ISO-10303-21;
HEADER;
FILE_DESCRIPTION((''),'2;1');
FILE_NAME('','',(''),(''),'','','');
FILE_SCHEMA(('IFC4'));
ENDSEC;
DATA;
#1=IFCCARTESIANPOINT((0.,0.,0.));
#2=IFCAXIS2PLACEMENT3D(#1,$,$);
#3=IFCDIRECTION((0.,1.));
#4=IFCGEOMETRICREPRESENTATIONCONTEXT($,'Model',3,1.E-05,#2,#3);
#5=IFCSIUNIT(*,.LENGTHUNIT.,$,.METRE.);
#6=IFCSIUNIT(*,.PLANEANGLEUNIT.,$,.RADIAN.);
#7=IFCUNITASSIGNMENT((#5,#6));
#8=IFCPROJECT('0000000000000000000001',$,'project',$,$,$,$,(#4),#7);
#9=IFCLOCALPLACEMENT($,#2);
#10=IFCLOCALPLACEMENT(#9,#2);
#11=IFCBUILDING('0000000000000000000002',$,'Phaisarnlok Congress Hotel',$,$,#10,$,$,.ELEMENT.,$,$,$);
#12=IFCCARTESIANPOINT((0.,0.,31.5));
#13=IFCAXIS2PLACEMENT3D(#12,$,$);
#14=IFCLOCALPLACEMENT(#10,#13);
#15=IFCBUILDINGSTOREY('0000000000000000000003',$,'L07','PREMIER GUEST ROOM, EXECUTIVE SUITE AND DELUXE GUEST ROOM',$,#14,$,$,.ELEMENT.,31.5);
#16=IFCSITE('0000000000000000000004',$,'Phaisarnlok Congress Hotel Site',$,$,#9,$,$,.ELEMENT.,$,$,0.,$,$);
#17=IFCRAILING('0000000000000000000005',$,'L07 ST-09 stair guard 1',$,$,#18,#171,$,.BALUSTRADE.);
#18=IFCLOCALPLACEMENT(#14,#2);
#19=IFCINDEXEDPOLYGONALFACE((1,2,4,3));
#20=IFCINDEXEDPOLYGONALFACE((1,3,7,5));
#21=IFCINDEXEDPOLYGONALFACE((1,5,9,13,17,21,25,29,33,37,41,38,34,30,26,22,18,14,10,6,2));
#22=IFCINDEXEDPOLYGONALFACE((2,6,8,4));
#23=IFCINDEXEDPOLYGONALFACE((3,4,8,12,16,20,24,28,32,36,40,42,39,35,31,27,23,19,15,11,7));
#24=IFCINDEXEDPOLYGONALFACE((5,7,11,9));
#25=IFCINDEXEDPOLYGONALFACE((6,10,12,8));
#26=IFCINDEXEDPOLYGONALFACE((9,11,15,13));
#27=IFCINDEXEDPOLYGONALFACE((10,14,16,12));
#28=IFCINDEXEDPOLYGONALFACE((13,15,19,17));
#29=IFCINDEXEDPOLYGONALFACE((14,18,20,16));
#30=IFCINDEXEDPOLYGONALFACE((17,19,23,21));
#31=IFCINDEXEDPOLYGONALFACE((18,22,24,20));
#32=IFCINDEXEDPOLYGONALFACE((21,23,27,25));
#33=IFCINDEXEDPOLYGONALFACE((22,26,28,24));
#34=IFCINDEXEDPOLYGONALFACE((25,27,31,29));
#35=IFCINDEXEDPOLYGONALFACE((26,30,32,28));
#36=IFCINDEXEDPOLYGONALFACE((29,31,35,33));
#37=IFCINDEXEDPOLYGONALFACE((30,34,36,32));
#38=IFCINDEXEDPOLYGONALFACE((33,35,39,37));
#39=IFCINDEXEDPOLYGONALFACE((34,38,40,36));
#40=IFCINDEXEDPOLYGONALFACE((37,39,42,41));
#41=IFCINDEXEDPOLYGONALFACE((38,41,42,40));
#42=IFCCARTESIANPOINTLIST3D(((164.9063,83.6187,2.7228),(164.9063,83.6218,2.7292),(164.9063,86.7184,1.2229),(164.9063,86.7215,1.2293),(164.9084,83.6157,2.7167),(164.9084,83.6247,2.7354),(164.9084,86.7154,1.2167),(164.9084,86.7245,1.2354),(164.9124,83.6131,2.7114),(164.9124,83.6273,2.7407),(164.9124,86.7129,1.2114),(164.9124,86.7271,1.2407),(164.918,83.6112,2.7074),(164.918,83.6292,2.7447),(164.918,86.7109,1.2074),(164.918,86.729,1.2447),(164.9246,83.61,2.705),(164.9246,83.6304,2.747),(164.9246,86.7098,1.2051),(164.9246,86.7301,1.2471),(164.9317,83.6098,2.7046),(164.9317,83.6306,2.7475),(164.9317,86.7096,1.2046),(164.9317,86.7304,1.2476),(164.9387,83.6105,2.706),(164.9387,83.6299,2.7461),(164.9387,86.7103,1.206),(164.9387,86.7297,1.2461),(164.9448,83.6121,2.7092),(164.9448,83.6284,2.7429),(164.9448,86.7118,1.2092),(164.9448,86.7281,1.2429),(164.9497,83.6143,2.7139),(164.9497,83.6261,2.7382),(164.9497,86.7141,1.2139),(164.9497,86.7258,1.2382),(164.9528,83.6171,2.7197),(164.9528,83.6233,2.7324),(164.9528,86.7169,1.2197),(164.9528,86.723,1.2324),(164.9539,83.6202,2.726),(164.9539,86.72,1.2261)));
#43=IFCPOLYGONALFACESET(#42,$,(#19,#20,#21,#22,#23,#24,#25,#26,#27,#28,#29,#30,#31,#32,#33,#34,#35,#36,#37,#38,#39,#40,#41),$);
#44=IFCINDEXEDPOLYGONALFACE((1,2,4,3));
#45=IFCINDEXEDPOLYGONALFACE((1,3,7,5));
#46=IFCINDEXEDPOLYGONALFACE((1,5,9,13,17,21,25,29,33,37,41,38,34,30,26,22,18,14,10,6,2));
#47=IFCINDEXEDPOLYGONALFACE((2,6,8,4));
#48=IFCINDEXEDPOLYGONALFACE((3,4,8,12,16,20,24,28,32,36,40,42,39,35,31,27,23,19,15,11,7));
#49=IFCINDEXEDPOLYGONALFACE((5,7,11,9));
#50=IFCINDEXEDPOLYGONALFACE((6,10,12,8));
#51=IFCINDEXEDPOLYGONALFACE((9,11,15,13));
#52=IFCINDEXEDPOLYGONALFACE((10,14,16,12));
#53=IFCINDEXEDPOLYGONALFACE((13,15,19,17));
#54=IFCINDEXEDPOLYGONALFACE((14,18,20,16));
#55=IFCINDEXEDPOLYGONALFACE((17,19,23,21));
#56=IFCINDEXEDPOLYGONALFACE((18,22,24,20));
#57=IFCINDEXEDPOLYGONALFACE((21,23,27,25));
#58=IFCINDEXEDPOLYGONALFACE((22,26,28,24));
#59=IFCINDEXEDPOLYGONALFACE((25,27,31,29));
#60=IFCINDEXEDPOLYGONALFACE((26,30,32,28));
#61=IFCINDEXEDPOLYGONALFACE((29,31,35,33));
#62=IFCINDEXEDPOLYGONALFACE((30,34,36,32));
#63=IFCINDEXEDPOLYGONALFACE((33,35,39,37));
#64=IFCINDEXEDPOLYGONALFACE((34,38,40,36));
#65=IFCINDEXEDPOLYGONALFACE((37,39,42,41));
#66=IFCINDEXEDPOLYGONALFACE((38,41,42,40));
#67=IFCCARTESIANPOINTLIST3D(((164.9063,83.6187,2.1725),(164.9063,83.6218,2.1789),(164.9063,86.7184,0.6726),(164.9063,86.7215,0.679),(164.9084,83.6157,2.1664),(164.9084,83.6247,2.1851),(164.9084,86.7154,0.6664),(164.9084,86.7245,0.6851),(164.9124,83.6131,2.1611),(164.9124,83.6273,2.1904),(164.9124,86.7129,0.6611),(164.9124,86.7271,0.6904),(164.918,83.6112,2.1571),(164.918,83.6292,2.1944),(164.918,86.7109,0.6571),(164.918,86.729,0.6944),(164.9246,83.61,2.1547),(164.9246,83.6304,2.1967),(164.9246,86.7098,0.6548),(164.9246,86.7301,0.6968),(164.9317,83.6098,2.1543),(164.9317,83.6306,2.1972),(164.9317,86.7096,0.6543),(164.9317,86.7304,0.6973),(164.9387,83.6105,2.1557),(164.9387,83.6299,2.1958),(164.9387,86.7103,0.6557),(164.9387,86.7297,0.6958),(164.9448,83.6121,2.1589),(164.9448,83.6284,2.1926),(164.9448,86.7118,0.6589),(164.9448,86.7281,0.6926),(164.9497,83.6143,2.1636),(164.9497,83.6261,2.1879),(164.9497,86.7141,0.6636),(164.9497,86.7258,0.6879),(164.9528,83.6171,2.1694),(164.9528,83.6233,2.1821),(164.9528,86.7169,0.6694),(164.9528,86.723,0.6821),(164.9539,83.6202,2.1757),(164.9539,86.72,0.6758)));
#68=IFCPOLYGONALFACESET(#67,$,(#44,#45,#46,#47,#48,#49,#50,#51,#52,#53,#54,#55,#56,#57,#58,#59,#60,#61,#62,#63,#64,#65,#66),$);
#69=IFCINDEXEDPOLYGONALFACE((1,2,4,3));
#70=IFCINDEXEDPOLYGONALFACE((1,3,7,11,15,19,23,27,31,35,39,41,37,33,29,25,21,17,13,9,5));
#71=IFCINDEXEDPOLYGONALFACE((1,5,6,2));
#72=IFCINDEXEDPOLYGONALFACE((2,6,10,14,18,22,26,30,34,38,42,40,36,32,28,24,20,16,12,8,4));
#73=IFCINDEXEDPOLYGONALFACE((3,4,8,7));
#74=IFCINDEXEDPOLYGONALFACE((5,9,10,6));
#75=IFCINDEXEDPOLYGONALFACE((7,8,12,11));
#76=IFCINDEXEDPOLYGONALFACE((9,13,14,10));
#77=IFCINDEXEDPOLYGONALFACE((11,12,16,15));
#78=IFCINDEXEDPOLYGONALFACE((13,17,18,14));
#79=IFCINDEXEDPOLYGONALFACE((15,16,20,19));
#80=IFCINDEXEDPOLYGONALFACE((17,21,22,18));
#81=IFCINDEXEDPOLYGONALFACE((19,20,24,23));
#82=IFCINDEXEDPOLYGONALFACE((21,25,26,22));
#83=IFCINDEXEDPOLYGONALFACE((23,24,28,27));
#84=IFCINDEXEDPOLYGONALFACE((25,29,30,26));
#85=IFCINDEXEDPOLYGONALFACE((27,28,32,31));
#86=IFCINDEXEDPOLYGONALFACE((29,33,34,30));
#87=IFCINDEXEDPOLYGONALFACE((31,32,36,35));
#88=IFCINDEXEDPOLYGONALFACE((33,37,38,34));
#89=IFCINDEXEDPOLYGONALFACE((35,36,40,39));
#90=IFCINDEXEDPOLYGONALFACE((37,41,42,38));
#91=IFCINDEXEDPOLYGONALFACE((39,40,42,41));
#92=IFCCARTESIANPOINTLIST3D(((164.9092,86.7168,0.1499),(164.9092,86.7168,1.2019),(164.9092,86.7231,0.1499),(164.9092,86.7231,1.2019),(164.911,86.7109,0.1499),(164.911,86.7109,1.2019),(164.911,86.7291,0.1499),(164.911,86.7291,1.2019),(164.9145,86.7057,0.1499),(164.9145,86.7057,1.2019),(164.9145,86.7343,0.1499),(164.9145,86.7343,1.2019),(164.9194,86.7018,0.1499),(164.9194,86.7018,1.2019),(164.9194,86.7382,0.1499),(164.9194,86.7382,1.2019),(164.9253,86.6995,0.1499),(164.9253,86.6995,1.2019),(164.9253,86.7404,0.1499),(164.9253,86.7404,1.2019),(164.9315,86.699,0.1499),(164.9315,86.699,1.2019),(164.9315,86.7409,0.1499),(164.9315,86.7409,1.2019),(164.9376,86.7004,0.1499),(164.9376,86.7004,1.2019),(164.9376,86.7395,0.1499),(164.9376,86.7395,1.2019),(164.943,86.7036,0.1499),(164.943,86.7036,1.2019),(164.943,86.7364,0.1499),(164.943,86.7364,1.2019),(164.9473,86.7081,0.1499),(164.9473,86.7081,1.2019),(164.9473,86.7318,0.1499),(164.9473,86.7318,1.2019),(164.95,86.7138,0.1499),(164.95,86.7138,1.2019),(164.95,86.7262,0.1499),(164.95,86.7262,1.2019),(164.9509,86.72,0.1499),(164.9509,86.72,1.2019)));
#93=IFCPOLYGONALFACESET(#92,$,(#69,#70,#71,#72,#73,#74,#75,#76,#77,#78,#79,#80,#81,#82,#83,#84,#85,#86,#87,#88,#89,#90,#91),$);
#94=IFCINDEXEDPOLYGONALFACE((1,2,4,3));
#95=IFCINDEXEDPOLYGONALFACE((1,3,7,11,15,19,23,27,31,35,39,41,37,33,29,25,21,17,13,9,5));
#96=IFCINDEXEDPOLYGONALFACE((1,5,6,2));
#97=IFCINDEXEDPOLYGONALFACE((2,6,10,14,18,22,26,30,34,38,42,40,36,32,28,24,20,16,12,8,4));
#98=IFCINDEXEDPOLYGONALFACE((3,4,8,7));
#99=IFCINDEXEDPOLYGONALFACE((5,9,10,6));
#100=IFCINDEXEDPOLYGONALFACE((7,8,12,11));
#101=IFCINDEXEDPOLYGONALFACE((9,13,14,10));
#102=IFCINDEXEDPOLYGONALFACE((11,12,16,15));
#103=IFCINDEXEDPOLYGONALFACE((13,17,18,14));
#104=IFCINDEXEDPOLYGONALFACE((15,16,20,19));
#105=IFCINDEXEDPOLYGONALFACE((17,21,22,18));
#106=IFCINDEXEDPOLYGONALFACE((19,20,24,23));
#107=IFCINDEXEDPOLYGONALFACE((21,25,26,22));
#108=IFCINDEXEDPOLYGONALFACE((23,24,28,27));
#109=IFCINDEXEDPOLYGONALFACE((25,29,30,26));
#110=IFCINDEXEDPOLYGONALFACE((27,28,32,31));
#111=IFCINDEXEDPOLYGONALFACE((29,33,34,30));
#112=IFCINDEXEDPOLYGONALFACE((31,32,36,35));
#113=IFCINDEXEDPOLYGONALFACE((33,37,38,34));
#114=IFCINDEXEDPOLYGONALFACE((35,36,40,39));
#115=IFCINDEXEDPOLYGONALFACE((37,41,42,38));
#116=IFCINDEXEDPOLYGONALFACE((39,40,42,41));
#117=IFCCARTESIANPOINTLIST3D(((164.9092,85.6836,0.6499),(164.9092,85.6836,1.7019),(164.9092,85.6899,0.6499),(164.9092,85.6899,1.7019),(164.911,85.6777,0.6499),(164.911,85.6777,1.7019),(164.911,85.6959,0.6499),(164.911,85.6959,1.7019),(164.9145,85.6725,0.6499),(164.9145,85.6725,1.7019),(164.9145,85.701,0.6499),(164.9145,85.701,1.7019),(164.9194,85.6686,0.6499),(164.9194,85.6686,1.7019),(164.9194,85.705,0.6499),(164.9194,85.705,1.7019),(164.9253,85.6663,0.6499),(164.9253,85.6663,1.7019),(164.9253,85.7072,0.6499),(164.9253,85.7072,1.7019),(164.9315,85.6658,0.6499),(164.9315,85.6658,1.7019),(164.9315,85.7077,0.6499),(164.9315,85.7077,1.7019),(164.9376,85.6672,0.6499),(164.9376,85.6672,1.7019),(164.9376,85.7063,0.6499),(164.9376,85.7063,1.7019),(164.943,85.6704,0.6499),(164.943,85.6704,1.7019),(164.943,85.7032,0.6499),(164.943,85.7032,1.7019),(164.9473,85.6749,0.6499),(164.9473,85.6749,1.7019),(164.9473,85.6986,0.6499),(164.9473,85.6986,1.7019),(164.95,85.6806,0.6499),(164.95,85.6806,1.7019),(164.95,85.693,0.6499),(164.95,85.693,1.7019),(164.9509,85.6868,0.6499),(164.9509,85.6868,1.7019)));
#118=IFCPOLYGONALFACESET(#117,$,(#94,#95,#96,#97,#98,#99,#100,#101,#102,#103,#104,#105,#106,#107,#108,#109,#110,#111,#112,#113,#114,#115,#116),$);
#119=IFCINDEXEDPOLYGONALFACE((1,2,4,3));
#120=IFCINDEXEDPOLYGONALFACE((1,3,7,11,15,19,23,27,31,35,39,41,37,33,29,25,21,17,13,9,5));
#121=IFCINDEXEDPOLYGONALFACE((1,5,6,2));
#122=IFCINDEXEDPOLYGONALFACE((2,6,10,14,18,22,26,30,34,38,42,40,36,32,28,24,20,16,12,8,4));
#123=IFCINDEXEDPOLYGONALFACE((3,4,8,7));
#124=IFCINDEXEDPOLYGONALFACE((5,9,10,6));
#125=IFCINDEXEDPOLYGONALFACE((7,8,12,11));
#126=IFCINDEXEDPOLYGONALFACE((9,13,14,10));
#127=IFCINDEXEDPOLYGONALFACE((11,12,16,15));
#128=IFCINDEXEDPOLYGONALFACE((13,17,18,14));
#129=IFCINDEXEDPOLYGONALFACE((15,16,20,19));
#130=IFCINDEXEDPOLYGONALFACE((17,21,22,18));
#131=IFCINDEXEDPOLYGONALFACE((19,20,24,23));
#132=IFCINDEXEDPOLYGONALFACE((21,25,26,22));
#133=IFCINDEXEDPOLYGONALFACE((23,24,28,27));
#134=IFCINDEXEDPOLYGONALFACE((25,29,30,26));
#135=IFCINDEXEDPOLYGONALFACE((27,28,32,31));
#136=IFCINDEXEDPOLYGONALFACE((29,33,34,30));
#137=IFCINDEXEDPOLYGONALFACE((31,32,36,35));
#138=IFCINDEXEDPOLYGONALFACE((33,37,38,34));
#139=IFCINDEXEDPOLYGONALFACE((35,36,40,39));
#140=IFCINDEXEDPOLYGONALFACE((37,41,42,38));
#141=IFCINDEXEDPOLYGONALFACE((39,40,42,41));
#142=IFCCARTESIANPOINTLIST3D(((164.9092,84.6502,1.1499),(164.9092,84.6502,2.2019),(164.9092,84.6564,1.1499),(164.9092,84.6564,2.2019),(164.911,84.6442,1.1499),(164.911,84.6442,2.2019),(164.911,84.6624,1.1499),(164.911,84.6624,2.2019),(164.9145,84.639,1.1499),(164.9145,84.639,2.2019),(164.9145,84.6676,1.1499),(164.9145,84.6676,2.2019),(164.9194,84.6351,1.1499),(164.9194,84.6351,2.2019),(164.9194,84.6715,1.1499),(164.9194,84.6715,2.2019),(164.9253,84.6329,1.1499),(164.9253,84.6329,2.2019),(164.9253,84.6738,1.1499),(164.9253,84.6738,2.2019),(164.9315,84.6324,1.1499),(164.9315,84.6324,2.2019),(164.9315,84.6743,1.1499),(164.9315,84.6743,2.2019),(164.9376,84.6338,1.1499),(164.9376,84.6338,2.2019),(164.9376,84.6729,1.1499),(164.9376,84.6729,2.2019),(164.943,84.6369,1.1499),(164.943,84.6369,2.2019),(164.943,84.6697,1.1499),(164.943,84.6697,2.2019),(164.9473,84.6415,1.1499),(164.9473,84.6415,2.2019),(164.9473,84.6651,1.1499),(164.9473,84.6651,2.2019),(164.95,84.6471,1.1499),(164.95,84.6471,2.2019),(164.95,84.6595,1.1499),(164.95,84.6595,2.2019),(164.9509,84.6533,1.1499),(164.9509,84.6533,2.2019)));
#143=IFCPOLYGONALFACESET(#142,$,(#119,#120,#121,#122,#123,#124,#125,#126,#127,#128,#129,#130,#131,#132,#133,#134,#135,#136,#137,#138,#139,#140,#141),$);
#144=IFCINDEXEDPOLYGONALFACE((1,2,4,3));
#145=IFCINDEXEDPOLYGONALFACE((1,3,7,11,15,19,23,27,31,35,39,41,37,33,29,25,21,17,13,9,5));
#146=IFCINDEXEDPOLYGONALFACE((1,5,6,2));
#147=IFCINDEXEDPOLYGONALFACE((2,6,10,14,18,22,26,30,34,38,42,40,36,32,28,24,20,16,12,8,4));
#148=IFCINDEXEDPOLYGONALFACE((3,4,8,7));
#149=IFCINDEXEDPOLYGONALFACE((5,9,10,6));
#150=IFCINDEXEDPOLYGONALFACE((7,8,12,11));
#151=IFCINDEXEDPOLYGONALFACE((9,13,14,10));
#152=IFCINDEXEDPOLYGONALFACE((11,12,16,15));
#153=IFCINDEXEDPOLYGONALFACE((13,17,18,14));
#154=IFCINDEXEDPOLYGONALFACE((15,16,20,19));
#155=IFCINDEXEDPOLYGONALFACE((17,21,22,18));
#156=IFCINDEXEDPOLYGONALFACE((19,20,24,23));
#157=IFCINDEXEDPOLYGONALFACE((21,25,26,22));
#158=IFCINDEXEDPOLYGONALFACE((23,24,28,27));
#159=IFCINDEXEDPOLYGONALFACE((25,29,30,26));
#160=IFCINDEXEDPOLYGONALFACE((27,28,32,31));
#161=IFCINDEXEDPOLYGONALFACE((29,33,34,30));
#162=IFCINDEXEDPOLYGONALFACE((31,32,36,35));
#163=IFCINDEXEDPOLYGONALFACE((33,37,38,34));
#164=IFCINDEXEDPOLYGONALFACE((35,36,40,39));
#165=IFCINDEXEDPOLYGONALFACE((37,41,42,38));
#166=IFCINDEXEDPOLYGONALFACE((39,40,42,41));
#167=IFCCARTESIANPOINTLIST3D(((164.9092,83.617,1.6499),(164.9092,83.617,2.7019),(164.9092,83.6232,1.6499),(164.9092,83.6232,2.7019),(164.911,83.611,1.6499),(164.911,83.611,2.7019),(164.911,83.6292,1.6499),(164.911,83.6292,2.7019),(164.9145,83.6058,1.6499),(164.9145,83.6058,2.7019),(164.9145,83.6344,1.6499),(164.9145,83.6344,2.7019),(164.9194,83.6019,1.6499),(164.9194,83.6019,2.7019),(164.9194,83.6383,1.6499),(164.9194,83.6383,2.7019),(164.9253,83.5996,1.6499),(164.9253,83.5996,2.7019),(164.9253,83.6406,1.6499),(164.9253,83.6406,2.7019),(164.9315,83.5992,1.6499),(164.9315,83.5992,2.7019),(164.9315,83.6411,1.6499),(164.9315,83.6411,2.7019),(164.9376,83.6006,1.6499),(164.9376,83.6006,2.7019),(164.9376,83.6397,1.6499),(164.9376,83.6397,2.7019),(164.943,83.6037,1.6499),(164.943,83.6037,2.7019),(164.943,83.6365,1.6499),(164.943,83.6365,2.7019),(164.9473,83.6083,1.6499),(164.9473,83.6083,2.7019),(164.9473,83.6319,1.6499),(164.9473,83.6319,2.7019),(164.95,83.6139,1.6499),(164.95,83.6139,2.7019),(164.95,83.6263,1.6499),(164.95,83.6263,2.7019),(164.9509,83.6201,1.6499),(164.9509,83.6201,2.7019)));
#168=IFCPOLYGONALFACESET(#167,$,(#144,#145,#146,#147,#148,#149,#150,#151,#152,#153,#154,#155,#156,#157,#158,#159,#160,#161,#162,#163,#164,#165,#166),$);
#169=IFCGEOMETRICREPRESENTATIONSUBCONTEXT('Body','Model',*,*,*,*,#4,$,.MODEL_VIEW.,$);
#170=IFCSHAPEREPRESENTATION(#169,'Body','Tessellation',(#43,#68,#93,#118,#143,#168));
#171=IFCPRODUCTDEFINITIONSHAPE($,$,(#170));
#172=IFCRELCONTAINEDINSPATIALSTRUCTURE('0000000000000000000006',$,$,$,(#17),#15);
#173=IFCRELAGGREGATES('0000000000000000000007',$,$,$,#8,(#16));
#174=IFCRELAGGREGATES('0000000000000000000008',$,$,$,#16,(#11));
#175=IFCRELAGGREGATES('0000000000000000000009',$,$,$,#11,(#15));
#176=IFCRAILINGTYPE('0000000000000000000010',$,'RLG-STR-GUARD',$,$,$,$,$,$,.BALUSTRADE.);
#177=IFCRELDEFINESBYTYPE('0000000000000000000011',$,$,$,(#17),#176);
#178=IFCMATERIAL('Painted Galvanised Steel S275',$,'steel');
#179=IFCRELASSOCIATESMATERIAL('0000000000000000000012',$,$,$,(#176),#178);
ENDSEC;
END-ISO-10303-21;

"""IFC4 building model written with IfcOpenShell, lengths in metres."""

from ifc_helpers import new_model, si_unit, direction, frame, origin, origin_2d, place, context, subcontext, project, spatial, circle, extrude, material, type_object, element, save


model = new_model("IFC4")

# Units and contexts
model_context = context("Model", 3, precision=1e-05, world=origin(), true_north=direction((0.0, 1.0)))
body_context = subcontext(model_context, "Body", "Model", "MODEL_VIEW")
ifc_project = project(units=[si_unit("LENGTHUNIT", "METRE"), si_unit("PLANEANGLEUNIT", "RADIAN")], contexts=[model_context])

# Site, building, storey
site_placement = place(None, origin())
site = spatial("IfcSite", under=ifc_project, at=site_placement, Name="Phaisarnlok Congress Hotel Site", CompositionType="ELEMENT", RefElevation=0.0)
building_placement = place(site_placement, origin())
building = spatial("IfcBuilding", under=site, at=building_placement, Name="Phaisarnlok Congress Hotel", CompositionType="ELEMENT")
storey_placement = place(building_placement, frame((0.0, 0.0, 31.5)))
storey = spatial("IfcBuildingStorey", under=building, at=storey_placement, Name="L07", Description="PREMIER GUEST ROOM, EXECUTIVE SUITE AND DELUXE GUEST ROOM", CompositionType="ELEMENT", Elevation=31.5)

# Railing
ifc_material_1 = material(Name="Painted Galvanised Steel S275", Category="steel")
railing_type_1 = type_object("IfcRailingType", Name="RLG-STR-GUARD", PredefinedType="BALUSTRADE", material=ifc_material_1)
railing_1_placement = place(storey_placement, frame((164.9299, 86.72, 0.1499)))
element("IfcRailing", 1, at=railing_1_placement, inside=storey, type_object=railing_type_1, Name="L07 ST-09 stair guard 1", PredefinedType="BALUSTRADE", context=body_context, shape_type="SweptSolid", body=[
    extrude(circle(Radius=0.0239, at=origin_2d()), frame((0.0, 0.0, 1.0762), z_axis=(0.0, -0.900151, 0.435578), x_axis=(1.0, 0.0, 0.0)), (0.0, 0.0, 1.0), 3.4436),
    extrude(circle(Radius=0.0239, at=origin_2d()), frame((0.0, 0.0, 0.5259), z_axis=(0.0, -0.900151, 0.435578), x_axis=(1.0, 0.0, 0.0)), (0.0, 0.0, 1.0), 3.4436),
    extrude(circle(Radius=0.021, at=origin_2d()), origin(), (0.0, 0.0, 1.0), 1.052),
    extrude(circle(Radius=0.021, at=origin_2d()), frame((0.0, -1.0332, 0.5)), (0.0, 0.0, 1.0), 1.052),
    extrude(circle(Radius=0.021, at=origin_2d()), frame((0.0, -2.0667, 1.0)), (0.0, 0.0, 1.0), 1.052),
    extrude(circle(Radius=0.021, at=origin_2d()), frame((0.0, -3.0999, 1.5)), (0.0, 0.0, 1.0), 1.052),
])

save(model, "model.ifc")
